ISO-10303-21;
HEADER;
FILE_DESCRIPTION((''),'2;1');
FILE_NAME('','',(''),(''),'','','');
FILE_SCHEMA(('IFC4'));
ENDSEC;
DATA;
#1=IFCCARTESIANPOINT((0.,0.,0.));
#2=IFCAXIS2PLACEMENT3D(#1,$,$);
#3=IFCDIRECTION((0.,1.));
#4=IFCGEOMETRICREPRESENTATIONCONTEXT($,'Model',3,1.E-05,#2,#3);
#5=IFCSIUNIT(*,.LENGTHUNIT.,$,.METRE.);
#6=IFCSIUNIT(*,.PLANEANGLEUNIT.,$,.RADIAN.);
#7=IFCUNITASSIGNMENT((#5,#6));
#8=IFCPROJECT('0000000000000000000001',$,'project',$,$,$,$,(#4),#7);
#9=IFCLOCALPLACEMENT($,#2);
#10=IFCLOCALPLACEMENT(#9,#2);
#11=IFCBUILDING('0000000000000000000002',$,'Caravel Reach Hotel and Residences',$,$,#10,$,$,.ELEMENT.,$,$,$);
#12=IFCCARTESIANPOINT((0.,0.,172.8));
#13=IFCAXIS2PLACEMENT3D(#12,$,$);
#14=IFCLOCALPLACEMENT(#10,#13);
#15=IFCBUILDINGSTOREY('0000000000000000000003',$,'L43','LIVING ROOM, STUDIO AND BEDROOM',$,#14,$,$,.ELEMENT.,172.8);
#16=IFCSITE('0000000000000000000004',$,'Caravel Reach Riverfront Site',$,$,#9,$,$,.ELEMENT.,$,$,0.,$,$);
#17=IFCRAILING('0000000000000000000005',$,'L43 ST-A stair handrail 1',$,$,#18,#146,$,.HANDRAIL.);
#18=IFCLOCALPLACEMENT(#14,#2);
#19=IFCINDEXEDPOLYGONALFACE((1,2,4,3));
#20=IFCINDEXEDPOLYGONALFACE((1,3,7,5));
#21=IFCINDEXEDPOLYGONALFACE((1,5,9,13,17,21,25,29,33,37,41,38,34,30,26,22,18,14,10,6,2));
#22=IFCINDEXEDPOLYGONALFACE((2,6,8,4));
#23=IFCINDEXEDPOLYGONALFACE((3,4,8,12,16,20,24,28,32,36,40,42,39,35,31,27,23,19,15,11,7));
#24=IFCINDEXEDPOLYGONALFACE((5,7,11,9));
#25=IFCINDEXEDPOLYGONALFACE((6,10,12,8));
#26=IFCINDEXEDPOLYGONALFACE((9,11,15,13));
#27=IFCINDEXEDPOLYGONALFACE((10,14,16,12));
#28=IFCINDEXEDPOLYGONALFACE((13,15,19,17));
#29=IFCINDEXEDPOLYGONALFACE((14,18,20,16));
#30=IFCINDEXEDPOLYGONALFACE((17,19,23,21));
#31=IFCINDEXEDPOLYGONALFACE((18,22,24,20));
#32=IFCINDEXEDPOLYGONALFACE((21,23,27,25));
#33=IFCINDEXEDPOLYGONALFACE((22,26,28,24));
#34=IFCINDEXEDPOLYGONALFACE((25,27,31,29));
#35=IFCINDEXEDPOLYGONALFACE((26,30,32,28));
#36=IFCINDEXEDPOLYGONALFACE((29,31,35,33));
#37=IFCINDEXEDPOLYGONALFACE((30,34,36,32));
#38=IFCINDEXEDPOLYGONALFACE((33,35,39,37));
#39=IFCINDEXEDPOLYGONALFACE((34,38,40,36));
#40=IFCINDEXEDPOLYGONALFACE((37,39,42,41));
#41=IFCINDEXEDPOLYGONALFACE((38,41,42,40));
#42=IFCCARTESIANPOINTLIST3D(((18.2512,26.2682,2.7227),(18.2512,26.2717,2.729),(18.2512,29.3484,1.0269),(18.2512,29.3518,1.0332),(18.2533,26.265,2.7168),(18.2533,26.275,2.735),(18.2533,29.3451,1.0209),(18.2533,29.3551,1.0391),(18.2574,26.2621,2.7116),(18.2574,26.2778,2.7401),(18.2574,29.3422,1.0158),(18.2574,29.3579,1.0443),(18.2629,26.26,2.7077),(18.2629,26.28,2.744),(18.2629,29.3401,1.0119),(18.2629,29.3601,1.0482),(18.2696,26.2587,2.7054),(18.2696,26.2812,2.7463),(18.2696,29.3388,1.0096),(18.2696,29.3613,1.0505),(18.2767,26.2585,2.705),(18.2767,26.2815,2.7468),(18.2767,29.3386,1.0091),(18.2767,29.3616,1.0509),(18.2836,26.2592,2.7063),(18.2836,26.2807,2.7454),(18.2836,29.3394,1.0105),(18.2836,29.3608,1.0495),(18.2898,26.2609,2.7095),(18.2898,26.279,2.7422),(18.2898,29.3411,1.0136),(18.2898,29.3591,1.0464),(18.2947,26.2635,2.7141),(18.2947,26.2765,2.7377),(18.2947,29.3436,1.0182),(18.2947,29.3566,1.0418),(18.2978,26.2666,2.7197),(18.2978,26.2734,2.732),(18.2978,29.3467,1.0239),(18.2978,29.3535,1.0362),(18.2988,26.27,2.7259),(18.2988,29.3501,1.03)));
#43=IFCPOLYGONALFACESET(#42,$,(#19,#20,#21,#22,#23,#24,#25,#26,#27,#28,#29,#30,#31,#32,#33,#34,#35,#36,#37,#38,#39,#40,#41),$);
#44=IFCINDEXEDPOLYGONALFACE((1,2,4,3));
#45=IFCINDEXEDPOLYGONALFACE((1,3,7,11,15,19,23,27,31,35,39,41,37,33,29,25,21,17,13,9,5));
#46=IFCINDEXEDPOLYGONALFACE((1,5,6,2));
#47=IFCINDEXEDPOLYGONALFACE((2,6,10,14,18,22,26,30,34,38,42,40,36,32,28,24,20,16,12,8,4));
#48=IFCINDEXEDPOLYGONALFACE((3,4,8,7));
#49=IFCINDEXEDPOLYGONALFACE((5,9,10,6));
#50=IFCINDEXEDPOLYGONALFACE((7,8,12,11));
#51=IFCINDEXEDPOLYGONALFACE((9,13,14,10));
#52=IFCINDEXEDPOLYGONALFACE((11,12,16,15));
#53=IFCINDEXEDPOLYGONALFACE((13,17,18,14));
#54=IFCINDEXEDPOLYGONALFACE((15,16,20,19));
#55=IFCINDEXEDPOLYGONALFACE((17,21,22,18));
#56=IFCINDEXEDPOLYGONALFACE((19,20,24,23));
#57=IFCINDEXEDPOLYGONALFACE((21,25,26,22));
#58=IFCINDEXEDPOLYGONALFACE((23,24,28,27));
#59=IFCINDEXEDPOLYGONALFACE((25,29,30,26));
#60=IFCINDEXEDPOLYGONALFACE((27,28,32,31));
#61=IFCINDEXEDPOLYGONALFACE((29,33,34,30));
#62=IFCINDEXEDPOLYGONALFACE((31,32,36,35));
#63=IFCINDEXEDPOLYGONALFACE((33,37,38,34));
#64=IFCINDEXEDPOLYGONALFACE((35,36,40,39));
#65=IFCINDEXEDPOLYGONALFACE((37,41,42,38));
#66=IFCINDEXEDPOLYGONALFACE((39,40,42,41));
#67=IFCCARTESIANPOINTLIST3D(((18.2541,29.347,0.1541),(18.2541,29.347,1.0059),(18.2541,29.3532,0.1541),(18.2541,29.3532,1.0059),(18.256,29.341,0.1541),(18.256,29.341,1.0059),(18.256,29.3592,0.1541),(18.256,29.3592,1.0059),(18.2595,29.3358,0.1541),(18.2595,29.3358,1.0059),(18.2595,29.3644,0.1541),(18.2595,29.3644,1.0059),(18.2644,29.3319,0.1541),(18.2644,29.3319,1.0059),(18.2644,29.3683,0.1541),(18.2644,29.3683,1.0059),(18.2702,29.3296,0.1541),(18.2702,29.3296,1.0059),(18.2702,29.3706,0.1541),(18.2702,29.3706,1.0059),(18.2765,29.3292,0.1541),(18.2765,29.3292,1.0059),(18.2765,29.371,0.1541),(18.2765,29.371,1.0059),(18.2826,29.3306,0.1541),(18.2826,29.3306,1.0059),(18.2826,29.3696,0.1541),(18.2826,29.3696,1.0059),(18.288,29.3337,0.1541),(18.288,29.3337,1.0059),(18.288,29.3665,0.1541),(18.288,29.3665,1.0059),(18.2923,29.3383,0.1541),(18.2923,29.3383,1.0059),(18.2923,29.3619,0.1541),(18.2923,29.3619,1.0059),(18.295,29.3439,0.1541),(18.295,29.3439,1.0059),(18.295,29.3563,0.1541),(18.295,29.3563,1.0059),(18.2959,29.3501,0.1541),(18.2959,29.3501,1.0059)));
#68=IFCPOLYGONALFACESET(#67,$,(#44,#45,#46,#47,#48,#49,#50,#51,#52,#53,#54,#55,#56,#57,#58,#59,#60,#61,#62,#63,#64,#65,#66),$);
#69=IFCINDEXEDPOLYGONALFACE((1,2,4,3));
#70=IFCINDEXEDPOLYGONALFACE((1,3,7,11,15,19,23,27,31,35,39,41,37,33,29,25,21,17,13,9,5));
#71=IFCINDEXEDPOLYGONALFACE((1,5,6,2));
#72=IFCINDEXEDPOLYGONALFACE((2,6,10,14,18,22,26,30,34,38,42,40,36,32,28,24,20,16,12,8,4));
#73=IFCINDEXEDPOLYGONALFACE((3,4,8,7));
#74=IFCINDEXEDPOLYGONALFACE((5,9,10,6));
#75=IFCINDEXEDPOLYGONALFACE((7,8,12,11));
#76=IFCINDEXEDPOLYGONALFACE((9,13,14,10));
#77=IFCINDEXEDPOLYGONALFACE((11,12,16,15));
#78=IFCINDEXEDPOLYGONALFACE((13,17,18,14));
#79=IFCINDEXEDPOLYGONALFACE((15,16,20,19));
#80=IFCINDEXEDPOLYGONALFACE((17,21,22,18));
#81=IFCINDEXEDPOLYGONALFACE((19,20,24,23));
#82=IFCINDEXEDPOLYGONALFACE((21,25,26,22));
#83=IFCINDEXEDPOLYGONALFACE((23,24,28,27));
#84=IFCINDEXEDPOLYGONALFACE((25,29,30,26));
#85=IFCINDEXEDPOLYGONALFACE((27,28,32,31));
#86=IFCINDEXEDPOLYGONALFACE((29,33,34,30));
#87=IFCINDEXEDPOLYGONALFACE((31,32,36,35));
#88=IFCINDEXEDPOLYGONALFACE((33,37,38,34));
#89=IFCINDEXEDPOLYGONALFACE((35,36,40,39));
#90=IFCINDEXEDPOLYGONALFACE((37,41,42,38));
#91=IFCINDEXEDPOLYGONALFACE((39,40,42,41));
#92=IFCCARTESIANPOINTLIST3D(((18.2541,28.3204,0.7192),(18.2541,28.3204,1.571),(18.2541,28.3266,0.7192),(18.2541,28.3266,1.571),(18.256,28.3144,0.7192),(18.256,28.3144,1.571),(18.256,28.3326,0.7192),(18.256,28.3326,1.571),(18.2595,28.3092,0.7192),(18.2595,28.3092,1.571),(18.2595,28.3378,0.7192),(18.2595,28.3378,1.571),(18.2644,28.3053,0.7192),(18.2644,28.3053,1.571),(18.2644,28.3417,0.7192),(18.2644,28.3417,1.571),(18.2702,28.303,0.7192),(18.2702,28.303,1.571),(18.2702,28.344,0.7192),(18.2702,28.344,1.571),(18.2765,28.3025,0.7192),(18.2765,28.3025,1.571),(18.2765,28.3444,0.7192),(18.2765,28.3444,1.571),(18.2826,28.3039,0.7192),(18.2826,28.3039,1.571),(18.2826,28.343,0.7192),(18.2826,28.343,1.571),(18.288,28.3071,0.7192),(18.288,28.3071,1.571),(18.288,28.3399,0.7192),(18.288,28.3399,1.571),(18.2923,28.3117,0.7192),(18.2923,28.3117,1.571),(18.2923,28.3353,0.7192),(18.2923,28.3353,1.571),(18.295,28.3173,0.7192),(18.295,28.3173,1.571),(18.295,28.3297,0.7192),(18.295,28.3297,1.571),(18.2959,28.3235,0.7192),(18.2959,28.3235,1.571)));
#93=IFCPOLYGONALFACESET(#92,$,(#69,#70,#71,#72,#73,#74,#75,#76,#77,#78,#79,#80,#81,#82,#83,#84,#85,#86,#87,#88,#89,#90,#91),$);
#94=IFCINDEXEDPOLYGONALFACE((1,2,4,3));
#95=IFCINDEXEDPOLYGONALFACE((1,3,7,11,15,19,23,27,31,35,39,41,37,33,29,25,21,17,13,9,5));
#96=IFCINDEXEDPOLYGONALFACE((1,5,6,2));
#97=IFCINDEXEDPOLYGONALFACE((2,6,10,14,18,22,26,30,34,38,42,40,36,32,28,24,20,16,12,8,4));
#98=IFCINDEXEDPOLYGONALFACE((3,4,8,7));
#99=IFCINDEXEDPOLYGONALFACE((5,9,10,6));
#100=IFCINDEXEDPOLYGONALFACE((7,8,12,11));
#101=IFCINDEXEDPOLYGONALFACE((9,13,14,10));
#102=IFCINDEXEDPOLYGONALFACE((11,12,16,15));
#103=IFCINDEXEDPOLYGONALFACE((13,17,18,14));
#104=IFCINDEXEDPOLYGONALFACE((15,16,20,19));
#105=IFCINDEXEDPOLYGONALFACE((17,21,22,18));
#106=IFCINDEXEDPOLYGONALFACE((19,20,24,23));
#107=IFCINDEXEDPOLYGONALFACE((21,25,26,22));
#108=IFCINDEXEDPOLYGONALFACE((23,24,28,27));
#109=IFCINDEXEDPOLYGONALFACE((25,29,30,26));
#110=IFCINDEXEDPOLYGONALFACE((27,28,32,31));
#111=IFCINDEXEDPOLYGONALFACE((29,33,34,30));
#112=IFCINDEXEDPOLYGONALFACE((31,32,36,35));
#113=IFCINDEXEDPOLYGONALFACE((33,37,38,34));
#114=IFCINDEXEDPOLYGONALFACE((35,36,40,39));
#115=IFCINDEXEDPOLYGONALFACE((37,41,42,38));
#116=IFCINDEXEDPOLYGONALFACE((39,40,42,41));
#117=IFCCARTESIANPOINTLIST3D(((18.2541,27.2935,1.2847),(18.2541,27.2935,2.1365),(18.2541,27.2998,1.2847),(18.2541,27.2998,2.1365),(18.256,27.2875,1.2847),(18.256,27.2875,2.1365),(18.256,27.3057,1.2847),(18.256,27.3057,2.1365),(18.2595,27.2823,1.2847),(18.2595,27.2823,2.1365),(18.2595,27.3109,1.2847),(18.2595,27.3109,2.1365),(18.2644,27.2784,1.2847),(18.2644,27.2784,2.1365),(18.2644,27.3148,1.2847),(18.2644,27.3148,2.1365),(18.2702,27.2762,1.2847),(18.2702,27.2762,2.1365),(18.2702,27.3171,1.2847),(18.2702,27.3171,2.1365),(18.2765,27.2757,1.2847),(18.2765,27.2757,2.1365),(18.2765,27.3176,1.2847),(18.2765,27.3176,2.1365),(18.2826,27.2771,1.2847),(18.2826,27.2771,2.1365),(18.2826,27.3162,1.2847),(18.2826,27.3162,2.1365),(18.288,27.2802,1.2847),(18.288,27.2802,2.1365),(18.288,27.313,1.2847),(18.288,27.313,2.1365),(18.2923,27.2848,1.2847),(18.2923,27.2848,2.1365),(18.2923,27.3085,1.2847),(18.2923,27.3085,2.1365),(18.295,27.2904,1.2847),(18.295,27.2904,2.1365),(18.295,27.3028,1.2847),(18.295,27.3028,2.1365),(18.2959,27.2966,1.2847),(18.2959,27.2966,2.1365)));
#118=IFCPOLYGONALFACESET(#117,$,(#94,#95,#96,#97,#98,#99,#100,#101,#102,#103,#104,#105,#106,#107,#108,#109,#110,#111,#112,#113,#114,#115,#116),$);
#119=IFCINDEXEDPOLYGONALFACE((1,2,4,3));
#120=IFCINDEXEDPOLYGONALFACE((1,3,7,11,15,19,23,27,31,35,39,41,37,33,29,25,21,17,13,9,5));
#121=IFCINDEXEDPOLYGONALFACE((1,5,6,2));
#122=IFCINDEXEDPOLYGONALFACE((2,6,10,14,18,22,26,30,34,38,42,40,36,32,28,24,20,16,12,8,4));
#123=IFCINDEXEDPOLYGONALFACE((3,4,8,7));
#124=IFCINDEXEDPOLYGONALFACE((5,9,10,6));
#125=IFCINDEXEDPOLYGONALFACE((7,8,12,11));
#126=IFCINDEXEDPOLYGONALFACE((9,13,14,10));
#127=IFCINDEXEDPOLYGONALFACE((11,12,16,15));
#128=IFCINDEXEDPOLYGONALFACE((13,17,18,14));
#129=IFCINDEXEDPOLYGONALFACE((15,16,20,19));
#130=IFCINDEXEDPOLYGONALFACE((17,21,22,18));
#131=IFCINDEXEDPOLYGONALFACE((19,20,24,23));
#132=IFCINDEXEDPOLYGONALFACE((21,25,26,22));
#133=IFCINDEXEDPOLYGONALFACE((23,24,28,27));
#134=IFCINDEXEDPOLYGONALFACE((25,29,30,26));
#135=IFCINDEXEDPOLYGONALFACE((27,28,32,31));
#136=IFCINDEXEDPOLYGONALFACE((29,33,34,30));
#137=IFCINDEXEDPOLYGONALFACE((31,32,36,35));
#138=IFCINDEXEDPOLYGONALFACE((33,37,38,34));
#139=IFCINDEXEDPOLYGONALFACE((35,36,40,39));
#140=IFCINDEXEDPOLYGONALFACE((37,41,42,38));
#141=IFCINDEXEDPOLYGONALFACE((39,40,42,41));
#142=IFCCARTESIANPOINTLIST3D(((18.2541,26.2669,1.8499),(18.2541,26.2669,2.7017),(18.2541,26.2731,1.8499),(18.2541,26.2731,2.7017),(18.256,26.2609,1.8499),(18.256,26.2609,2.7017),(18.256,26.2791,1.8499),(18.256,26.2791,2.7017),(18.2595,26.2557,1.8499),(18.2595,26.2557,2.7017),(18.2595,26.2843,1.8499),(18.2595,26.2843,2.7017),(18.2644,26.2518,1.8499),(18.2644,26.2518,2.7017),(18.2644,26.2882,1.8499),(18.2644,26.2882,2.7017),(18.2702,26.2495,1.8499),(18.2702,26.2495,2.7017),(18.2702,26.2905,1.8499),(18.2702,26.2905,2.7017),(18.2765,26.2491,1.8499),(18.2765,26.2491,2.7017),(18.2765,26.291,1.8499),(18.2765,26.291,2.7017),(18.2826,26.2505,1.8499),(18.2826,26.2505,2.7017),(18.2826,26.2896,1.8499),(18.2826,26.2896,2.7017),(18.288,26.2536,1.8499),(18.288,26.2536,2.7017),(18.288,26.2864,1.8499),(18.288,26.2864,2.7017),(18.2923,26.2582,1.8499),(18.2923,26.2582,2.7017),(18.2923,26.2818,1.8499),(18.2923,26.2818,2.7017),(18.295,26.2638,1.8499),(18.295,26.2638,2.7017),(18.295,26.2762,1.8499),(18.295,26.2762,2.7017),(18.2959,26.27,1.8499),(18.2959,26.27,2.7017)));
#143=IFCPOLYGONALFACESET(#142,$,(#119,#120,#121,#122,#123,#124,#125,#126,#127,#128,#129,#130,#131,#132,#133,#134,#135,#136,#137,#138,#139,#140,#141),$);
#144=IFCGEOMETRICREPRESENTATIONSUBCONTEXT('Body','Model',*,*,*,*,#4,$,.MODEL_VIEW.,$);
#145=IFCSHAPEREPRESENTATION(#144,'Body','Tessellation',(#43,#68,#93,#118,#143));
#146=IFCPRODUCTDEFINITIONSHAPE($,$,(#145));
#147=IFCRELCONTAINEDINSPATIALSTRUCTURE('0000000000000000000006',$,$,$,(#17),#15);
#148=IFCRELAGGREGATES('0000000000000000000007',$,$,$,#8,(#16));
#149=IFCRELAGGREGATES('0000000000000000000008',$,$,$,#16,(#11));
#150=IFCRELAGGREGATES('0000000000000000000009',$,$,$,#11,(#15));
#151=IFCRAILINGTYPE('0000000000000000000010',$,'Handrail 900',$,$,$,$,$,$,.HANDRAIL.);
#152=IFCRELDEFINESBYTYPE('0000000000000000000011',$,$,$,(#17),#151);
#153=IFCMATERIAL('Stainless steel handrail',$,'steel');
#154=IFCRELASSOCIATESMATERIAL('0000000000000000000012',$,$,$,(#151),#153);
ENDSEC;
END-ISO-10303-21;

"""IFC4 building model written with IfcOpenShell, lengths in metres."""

from ifc_helpers import new_model, si_unit, direction, frame, origin, origin_2d, place, context, subcontext, project, spatial, circle, extrude, material, type_object, element, save


model = new_model("IFC4")

# Units and contexts
model_context = context("Model", 3, precision=1e-05, world=origin(), true_north=direction((0.0, 1.0)))
body_context = subcontext(model_context, "Body", "Model", "MODEL_VIEW")
ifc_project = project(units=[si_unit("LENGTHUNIT", "METRE"), si_unit("PLANEANGLEUNIT", "RADIAN")], contexts=[model_context])

# Site, building, storey
site_placement = place(None, origin())
site = spatial("IfcSite", under=ifc_project, at=site_placement, Name="Caravel Reach Riverfront Site", CompositionType="ELEMENT", RefElevation=0.0)
building_placement = place(site_placement, origin())
building = spatial("IfcBuilding", under=site, at=building_placement, Name="Caravel Reach Hotel and Residences", CompositionType="ELEMENT")
storey_placement = place(building_placement, frame((0.0, 0.0, 172.8)))
storey = spatial("IfcBuildingStorey", under=building, at=storey_placement, Name="L43", Description="LIVING ROOM, STUDIO AND BEDROOM", CompositionType="ELEMENT", Elevation=172.8)

# Railing
ifc_material_1 = material(Name="Stainless steel handrail", Category="steel")
railing_type_1 = type_object("IfcRailingType", Name="Handrail 900", PredefinedType="HANDRAIL", material=ifc_material_1)
railing_1_placement = place(storey_placement, frame((18.2749, 29.3501, 0.1541)))
element("IfcRailing", 1, at=railing_1_placement, inside=storey, type_object=railing_type_1, Name="L43 ST-A stair handrail 1", PredefinedType="HANDRAIL", context=body_context, shape_type="SweptSolid", body=[
    extrude(circle(Radius=0.0239, at=origin_2d()), frame((0.0, 0.0, 0.876), z_axis=(0.0, -0.876005, 0.482303), x_axis=(1.0, 0.0, 0.0)), (0.0, 0.0, 1.0), 3.5161),
    extrude(circle(Radius=0.021, at=origin_2d()), origin(), (0.0, 0.0, 1.0), 0.8518),
    extrude(circle(Radius=0.021, at=origin_2d()), frame((0.0, -1.0266, 0.5652)), (0.0, 0.0, 1.0), 0.8518),
    extrude(circle(Radius=0.021, at=origin_2d()), frame((0.0, -2.0535, 1.1306)), (0.0, 0.0, 1.0), 0.8518),
    extrude(circle(Radius=0.021, at=origin_2d()), frame((0.0, -3.0801, 1.6958)), (0.0, 0.0, 1.0), 0.8518),
])

save(model, "model.ifc")
